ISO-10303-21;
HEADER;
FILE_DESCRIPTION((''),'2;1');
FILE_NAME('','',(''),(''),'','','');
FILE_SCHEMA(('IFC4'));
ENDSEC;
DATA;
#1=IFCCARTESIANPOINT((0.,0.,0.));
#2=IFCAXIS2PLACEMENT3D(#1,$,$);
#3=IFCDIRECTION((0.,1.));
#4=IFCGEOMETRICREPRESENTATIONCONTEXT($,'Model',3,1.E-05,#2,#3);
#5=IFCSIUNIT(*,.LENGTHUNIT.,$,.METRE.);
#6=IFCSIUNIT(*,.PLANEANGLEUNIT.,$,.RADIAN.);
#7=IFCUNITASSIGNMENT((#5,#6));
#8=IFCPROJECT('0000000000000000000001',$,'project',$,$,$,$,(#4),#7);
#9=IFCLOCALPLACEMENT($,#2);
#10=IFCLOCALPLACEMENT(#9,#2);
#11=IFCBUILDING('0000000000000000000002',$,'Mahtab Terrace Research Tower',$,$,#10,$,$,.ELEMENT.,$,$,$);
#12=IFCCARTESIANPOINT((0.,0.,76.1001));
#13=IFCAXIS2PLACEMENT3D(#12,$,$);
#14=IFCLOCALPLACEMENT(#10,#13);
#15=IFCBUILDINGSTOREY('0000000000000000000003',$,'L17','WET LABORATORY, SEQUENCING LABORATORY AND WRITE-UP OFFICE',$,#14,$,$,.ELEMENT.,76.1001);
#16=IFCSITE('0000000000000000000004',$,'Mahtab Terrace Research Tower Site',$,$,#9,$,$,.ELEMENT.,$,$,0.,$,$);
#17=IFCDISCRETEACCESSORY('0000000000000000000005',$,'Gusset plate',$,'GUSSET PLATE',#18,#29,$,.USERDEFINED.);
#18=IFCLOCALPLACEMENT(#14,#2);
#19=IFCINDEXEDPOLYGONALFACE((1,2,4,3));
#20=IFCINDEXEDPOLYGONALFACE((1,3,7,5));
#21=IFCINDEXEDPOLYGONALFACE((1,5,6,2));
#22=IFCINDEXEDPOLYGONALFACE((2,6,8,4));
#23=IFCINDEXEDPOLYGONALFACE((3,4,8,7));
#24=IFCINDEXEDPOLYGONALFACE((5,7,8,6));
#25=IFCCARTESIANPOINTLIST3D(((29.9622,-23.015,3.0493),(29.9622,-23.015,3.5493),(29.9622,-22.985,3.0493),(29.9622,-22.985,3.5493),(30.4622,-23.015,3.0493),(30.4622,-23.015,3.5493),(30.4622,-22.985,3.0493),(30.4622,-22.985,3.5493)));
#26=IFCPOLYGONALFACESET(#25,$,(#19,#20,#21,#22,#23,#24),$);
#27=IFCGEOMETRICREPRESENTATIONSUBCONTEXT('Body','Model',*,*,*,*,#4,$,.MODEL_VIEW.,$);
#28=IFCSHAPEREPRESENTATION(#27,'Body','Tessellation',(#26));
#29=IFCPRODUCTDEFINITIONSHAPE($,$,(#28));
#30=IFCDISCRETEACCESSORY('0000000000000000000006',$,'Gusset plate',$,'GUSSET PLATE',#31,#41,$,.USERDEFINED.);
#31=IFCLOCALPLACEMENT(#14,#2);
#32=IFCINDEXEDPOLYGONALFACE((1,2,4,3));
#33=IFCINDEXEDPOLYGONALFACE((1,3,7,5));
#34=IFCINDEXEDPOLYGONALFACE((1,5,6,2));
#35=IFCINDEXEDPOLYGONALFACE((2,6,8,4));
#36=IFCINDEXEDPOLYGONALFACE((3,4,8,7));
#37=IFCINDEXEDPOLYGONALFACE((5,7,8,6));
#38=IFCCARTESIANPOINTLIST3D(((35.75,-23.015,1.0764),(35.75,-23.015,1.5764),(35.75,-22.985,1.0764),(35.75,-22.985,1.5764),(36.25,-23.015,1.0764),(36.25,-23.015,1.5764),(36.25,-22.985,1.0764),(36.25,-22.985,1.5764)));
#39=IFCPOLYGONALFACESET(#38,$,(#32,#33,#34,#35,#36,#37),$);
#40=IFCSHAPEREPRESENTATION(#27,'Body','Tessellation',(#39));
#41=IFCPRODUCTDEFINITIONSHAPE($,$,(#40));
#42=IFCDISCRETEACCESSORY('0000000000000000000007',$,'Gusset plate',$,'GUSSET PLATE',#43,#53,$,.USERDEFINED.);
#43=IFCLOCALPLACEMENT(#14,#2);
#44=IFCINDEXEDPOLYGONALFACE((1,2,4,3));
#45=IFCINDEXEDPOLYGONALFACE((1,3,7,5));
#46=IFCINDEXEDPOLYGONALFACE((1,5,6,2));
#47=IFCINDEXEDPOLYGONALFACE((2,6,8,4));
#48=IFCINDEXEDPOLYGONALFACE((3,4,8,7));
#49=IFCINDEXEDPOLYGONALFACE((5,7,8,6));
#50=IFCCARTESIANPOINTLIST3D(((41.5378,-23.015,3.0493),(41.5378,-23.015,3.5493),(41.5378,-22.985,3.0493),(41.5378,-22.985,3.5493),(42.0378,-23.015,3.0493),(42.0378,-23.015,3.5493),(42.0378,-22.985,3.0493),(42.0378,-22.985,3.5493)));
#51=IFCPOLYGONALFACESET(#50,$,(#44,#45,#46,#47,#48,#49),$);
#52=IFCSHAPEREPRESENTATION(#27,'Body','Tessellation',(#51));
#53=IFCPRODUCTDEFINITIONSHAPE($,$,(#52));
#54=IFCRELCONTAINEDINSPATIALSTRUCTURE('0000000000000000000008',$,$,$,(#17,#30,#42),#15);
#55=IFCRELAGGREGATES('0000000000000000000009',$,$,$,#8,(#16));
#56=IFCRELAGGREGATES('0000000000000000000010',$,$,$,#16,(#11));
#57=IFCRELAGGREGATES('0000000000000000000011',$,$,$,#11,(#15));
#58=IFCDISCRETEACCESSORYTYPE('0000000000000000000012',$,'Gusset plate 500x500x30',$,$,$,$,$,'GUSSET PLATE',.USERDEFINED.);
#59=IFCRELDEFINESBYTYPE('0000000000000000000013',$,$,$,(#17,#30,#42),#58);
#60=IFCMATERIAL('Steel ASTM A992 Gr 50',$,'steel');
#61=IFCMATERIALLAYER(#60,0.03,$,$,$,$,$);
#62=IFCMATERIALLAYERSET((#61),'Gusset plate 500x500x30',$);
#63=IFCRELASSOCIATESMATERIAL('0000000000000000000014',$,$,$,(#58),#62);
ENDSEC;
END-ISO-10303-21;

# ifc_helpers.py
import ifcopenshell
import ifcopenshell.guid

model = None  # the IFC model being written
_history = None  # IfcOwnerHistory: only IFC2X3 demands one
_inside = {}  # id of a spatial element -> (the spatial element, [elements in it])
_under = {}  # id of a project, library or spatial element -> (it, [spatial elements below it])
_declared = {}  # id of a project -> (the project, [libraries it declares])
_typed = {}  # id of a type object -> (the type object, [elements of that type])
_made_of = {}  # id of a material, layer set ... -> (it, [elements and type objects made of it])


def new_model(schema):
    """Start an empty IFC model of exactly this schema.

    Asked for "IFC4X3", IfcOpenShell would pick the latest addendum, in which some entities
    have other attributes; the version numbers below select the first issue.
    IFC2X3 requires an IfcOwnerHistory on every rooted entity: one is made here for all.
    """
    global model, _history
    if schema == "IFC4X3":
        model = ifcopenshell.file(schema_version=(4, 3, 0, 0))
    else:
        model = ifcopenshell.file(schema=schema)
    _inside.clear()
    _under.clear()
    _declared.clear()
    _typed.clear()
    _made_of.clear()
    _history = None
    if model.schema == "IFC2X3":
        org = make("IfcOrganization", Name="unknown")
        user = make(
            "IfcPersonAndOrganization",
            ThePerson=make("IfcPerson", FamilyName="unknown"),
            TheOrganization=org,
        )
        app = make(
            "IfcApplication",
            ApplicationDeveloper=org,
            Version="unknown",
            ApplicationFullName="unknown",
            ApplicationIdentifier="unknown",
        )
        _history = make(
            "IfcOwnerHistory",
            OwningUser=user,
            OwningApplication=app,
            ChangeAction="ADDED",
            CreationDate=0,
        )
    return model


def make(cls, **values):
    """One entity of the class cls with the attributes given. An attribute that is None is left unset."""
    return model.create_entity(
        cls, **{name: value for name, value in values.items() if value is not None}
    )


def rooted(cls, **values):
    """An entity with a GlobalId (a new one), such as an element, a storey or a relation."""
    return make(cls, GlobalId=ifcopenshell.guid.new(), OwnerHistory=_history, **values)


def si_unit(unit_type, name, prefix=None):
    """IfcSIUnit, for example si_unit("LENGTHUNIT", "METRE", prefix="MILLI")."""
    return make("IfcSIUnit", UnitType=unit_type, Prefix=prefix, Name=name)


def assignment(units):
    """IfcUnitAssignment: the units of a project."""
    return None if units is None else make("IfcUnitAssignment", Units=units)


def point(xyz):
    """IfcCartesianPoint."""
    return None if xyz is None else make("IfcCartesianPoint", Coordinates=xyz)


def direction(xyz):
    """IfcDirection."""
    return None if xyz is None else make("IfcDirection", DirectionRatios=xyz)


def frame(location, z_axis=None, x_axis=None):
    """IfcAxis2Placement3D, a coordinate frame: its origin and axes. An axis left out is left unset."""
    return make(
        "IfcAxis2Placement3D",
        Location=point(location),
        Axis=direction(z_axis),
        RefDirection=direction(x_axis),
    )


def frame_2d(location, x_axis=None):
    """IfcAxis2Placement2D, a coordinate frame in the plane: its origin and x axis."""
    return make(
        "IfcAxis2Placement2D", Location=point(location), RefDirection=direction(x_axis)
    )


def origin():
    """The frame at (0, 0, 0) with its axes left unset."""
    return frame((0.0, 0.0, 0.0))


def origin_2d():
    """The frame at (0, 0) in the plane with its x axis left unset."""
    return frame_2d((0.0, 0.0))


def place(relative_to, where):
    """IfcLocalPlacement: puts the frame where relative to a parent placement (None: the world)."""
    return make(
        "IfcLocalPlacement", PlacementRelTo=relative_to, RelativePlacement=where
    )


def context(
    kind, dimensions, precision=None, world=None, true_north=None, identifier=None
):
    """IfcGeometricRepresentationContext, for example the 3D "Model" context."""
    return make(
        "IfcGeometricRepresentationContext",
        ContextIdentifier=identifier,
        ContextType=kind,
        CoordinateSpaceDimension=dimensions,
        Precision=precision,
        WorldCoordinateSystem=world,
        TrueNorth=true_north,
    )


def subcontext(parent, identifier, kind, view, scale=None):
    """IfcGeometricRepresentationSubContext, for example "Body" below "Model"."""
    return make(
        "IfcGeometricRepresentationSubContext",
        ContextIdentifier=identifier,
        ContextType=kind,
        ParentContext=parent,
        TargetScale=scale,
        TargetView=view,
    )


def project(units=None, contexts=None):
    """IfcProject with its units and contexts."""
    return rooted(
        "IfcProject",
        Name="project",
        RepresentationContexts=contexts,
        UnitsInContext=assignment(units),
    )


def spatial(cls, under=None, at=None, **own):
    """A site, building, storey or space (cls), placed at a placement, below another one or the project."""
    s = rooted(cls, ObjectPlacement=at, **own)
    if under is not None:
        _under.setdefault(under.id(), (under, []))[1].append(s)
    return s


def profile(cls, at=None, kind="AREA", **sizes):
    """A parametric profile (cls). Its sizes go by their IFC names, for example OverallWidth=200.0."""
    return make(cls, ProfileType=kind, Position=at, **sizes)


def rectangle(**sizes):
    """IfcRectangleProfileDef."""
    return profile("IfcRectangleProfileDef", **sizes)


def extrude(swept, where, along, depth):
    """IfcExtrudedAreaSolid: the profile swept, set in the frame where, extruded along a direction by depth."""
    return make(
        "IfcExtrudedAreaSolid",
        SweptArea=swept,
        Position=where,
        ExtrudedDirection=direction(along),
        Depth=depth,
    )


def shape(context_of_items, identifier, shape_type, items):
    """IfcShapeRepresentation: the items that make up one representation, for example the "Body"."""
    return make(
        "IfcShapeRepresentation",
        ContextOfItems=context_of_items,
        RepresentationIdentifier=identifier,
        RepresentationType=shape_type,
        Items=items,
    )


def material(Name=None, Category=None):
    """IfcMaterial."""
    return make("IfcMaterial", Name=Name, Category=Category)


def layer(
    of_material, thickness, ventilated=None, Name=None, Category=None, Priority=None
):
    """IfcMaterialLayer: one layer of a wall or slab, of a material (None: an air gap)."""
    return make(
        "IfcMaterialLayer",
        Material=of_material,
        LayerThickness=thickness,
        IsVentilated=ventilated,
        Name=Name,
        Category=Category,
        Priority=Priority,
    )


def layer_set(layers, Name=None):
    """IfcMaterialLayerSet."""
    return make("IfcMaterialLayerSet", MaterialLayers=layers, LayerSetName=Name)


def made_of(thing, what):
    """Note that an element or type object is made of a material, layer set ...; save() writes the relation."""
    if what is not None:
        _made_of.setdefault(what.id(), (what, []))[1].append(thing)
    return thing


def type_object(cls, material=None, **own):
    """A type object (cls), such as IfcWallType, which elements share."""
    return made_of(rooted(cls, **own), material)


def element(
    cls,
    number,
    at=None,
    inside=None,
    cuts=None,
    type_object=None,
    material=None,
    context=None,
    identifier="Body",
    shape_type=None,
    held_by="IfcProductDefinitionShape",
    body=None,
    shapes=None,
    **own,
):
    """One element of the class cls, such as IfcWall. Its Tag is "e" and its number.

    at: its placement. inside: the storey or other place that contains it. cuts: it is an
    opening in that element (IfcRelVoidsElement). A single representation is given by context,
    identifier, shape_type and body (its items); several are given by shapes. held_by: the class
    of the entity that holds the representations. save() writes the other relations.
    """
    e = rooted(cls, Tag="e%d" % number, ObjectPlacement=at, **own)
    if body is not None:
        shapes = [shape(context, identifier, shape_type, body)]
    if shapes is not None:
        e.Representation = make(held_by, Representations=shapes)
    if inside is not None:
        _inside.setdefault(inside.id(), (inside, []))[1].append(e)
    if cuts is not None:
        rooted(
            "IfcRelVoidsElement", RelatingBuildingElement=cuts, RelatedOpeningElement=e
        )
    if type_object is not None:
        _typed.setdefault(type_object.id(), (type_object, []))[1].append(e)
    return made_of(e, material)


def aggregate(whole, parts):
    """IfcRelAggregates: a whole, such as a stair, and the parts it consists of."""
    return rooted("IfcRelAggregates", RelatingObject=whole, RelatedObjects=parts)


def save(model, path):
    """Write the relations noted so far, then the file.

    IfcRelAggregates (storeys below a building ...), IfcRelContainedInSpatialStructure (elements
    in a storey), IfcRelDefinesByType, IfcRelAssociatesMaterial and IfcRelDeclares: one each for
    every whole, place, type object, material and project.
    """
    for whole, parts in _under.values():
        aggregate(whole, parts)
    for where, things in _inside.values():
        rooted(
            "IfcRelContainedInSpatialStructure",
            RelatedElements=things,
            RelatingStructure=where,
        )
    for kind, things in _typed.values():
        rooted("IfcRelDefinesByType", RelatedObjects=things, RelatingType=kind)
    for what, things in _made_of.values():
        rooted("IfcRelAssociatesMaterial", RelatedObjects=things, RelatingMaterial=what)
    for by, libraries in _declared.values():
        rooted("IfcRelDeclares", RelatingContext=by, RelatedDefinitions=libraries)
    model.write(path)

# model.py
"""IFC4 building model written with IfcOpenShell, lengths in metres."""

from ifc_helpers import new_model, si_unit, direction, frame, origin, origin_2d, place, context, subcontext, project, spatial, rectangle, extrude, material, layer, layer_set, type_object, element, save


model = new_model("IFC4")

# Units and contexts
model_context = context("Model", 3, precision=1e-05, world=origin(), true_north=direction((0.0, 1.0)))
body_context = subcontext(model_context, "Body", "Model", "MODEL_VIEW")
ifc_project = project(units=[si_unit("LENGTHUNIT", "METRE"), si_unit("PLANEANGLEUNIT", "RADIAN")], contexts=[model_context])

# Site, building, storey
site_placement = place(None, origin())
site = spatial("IfcSite", under=ifc_project, at=site_placement, Name="Mahtab Terrace Research Tower Site", CompositionType="ELEMENT", RefElevation=0.0)
building_placement = place(site_placement, origin())
building = spatial("IfcBuilding", under=site, at=building_placement, Name="Mahtab Terrace Research Tower", CompositionType="ELEMENT")
storey_placement = place(building_placement, frame((0.0, 0.0, 76.1001)))
storey = spatial("IfcBuildingStorey", under=building, at=storey_placement, Name="L17", Description="WET LABORATORY, SEQUENCING LABORATORY AND WRITE-UP OFFICE", CompositionType="ELEMENT", Elevation=76.1001)

# Shared definitions
ifc_material_1 = material(Name="Steel ASTM A992 Gr 50", Category="steel")

# Discrete accessories
ifc_layer_1 = layer(ifc_material_1, 0.03)
ifc_layer_set_1 = layer_set([ifc_layer_1], Name="Gusset plate 500x500x30")
discrete_accessory_type = type_object("IfcDiscreteAccessoryType", Name="Gusset plate 500x500x30", ElementType="GUSSET PLATE", PredefinedType="USERDEFINED", material=ifc_layer_set_1)
for number, where, z_axis, x_axis, name in (
    (1, (30.2122, -23.0, 3.0493), (0.0, 0.0, 1.0), (1.0, 0.0, 0.0), "Gusset plate"),
    (2, (36.0, -23.0, 1.0764), (0.0, 0.0, 1.0), (1.0, 0.0, 0.0), "Gusset plate"),
    (3, (41.7878, -23.0, 3.0493), (0.0, 0.0, 1.0), (1.0, 0.0, 0.0), "Gusset plate"),
):
    element("IfcDiscreteAccessory", number, at=place(storey_placement, frame(where, z_axis=z_axis, x_axis=x_axis)), inside=storey, type_object=discrete_accessory_type, Name=name, ObjectType="GUSSET PLATE", PredefinedType="USERDEFINED", context=body_context, shape_type="SweptSolid", body=[
        extrude(rectangle(XDim=0.5, YDim=0.03, at=origin_2d()), origin(), (0.0, 0.0, 1.0), 0.5),
    ])

save(model, "model.ifc")
